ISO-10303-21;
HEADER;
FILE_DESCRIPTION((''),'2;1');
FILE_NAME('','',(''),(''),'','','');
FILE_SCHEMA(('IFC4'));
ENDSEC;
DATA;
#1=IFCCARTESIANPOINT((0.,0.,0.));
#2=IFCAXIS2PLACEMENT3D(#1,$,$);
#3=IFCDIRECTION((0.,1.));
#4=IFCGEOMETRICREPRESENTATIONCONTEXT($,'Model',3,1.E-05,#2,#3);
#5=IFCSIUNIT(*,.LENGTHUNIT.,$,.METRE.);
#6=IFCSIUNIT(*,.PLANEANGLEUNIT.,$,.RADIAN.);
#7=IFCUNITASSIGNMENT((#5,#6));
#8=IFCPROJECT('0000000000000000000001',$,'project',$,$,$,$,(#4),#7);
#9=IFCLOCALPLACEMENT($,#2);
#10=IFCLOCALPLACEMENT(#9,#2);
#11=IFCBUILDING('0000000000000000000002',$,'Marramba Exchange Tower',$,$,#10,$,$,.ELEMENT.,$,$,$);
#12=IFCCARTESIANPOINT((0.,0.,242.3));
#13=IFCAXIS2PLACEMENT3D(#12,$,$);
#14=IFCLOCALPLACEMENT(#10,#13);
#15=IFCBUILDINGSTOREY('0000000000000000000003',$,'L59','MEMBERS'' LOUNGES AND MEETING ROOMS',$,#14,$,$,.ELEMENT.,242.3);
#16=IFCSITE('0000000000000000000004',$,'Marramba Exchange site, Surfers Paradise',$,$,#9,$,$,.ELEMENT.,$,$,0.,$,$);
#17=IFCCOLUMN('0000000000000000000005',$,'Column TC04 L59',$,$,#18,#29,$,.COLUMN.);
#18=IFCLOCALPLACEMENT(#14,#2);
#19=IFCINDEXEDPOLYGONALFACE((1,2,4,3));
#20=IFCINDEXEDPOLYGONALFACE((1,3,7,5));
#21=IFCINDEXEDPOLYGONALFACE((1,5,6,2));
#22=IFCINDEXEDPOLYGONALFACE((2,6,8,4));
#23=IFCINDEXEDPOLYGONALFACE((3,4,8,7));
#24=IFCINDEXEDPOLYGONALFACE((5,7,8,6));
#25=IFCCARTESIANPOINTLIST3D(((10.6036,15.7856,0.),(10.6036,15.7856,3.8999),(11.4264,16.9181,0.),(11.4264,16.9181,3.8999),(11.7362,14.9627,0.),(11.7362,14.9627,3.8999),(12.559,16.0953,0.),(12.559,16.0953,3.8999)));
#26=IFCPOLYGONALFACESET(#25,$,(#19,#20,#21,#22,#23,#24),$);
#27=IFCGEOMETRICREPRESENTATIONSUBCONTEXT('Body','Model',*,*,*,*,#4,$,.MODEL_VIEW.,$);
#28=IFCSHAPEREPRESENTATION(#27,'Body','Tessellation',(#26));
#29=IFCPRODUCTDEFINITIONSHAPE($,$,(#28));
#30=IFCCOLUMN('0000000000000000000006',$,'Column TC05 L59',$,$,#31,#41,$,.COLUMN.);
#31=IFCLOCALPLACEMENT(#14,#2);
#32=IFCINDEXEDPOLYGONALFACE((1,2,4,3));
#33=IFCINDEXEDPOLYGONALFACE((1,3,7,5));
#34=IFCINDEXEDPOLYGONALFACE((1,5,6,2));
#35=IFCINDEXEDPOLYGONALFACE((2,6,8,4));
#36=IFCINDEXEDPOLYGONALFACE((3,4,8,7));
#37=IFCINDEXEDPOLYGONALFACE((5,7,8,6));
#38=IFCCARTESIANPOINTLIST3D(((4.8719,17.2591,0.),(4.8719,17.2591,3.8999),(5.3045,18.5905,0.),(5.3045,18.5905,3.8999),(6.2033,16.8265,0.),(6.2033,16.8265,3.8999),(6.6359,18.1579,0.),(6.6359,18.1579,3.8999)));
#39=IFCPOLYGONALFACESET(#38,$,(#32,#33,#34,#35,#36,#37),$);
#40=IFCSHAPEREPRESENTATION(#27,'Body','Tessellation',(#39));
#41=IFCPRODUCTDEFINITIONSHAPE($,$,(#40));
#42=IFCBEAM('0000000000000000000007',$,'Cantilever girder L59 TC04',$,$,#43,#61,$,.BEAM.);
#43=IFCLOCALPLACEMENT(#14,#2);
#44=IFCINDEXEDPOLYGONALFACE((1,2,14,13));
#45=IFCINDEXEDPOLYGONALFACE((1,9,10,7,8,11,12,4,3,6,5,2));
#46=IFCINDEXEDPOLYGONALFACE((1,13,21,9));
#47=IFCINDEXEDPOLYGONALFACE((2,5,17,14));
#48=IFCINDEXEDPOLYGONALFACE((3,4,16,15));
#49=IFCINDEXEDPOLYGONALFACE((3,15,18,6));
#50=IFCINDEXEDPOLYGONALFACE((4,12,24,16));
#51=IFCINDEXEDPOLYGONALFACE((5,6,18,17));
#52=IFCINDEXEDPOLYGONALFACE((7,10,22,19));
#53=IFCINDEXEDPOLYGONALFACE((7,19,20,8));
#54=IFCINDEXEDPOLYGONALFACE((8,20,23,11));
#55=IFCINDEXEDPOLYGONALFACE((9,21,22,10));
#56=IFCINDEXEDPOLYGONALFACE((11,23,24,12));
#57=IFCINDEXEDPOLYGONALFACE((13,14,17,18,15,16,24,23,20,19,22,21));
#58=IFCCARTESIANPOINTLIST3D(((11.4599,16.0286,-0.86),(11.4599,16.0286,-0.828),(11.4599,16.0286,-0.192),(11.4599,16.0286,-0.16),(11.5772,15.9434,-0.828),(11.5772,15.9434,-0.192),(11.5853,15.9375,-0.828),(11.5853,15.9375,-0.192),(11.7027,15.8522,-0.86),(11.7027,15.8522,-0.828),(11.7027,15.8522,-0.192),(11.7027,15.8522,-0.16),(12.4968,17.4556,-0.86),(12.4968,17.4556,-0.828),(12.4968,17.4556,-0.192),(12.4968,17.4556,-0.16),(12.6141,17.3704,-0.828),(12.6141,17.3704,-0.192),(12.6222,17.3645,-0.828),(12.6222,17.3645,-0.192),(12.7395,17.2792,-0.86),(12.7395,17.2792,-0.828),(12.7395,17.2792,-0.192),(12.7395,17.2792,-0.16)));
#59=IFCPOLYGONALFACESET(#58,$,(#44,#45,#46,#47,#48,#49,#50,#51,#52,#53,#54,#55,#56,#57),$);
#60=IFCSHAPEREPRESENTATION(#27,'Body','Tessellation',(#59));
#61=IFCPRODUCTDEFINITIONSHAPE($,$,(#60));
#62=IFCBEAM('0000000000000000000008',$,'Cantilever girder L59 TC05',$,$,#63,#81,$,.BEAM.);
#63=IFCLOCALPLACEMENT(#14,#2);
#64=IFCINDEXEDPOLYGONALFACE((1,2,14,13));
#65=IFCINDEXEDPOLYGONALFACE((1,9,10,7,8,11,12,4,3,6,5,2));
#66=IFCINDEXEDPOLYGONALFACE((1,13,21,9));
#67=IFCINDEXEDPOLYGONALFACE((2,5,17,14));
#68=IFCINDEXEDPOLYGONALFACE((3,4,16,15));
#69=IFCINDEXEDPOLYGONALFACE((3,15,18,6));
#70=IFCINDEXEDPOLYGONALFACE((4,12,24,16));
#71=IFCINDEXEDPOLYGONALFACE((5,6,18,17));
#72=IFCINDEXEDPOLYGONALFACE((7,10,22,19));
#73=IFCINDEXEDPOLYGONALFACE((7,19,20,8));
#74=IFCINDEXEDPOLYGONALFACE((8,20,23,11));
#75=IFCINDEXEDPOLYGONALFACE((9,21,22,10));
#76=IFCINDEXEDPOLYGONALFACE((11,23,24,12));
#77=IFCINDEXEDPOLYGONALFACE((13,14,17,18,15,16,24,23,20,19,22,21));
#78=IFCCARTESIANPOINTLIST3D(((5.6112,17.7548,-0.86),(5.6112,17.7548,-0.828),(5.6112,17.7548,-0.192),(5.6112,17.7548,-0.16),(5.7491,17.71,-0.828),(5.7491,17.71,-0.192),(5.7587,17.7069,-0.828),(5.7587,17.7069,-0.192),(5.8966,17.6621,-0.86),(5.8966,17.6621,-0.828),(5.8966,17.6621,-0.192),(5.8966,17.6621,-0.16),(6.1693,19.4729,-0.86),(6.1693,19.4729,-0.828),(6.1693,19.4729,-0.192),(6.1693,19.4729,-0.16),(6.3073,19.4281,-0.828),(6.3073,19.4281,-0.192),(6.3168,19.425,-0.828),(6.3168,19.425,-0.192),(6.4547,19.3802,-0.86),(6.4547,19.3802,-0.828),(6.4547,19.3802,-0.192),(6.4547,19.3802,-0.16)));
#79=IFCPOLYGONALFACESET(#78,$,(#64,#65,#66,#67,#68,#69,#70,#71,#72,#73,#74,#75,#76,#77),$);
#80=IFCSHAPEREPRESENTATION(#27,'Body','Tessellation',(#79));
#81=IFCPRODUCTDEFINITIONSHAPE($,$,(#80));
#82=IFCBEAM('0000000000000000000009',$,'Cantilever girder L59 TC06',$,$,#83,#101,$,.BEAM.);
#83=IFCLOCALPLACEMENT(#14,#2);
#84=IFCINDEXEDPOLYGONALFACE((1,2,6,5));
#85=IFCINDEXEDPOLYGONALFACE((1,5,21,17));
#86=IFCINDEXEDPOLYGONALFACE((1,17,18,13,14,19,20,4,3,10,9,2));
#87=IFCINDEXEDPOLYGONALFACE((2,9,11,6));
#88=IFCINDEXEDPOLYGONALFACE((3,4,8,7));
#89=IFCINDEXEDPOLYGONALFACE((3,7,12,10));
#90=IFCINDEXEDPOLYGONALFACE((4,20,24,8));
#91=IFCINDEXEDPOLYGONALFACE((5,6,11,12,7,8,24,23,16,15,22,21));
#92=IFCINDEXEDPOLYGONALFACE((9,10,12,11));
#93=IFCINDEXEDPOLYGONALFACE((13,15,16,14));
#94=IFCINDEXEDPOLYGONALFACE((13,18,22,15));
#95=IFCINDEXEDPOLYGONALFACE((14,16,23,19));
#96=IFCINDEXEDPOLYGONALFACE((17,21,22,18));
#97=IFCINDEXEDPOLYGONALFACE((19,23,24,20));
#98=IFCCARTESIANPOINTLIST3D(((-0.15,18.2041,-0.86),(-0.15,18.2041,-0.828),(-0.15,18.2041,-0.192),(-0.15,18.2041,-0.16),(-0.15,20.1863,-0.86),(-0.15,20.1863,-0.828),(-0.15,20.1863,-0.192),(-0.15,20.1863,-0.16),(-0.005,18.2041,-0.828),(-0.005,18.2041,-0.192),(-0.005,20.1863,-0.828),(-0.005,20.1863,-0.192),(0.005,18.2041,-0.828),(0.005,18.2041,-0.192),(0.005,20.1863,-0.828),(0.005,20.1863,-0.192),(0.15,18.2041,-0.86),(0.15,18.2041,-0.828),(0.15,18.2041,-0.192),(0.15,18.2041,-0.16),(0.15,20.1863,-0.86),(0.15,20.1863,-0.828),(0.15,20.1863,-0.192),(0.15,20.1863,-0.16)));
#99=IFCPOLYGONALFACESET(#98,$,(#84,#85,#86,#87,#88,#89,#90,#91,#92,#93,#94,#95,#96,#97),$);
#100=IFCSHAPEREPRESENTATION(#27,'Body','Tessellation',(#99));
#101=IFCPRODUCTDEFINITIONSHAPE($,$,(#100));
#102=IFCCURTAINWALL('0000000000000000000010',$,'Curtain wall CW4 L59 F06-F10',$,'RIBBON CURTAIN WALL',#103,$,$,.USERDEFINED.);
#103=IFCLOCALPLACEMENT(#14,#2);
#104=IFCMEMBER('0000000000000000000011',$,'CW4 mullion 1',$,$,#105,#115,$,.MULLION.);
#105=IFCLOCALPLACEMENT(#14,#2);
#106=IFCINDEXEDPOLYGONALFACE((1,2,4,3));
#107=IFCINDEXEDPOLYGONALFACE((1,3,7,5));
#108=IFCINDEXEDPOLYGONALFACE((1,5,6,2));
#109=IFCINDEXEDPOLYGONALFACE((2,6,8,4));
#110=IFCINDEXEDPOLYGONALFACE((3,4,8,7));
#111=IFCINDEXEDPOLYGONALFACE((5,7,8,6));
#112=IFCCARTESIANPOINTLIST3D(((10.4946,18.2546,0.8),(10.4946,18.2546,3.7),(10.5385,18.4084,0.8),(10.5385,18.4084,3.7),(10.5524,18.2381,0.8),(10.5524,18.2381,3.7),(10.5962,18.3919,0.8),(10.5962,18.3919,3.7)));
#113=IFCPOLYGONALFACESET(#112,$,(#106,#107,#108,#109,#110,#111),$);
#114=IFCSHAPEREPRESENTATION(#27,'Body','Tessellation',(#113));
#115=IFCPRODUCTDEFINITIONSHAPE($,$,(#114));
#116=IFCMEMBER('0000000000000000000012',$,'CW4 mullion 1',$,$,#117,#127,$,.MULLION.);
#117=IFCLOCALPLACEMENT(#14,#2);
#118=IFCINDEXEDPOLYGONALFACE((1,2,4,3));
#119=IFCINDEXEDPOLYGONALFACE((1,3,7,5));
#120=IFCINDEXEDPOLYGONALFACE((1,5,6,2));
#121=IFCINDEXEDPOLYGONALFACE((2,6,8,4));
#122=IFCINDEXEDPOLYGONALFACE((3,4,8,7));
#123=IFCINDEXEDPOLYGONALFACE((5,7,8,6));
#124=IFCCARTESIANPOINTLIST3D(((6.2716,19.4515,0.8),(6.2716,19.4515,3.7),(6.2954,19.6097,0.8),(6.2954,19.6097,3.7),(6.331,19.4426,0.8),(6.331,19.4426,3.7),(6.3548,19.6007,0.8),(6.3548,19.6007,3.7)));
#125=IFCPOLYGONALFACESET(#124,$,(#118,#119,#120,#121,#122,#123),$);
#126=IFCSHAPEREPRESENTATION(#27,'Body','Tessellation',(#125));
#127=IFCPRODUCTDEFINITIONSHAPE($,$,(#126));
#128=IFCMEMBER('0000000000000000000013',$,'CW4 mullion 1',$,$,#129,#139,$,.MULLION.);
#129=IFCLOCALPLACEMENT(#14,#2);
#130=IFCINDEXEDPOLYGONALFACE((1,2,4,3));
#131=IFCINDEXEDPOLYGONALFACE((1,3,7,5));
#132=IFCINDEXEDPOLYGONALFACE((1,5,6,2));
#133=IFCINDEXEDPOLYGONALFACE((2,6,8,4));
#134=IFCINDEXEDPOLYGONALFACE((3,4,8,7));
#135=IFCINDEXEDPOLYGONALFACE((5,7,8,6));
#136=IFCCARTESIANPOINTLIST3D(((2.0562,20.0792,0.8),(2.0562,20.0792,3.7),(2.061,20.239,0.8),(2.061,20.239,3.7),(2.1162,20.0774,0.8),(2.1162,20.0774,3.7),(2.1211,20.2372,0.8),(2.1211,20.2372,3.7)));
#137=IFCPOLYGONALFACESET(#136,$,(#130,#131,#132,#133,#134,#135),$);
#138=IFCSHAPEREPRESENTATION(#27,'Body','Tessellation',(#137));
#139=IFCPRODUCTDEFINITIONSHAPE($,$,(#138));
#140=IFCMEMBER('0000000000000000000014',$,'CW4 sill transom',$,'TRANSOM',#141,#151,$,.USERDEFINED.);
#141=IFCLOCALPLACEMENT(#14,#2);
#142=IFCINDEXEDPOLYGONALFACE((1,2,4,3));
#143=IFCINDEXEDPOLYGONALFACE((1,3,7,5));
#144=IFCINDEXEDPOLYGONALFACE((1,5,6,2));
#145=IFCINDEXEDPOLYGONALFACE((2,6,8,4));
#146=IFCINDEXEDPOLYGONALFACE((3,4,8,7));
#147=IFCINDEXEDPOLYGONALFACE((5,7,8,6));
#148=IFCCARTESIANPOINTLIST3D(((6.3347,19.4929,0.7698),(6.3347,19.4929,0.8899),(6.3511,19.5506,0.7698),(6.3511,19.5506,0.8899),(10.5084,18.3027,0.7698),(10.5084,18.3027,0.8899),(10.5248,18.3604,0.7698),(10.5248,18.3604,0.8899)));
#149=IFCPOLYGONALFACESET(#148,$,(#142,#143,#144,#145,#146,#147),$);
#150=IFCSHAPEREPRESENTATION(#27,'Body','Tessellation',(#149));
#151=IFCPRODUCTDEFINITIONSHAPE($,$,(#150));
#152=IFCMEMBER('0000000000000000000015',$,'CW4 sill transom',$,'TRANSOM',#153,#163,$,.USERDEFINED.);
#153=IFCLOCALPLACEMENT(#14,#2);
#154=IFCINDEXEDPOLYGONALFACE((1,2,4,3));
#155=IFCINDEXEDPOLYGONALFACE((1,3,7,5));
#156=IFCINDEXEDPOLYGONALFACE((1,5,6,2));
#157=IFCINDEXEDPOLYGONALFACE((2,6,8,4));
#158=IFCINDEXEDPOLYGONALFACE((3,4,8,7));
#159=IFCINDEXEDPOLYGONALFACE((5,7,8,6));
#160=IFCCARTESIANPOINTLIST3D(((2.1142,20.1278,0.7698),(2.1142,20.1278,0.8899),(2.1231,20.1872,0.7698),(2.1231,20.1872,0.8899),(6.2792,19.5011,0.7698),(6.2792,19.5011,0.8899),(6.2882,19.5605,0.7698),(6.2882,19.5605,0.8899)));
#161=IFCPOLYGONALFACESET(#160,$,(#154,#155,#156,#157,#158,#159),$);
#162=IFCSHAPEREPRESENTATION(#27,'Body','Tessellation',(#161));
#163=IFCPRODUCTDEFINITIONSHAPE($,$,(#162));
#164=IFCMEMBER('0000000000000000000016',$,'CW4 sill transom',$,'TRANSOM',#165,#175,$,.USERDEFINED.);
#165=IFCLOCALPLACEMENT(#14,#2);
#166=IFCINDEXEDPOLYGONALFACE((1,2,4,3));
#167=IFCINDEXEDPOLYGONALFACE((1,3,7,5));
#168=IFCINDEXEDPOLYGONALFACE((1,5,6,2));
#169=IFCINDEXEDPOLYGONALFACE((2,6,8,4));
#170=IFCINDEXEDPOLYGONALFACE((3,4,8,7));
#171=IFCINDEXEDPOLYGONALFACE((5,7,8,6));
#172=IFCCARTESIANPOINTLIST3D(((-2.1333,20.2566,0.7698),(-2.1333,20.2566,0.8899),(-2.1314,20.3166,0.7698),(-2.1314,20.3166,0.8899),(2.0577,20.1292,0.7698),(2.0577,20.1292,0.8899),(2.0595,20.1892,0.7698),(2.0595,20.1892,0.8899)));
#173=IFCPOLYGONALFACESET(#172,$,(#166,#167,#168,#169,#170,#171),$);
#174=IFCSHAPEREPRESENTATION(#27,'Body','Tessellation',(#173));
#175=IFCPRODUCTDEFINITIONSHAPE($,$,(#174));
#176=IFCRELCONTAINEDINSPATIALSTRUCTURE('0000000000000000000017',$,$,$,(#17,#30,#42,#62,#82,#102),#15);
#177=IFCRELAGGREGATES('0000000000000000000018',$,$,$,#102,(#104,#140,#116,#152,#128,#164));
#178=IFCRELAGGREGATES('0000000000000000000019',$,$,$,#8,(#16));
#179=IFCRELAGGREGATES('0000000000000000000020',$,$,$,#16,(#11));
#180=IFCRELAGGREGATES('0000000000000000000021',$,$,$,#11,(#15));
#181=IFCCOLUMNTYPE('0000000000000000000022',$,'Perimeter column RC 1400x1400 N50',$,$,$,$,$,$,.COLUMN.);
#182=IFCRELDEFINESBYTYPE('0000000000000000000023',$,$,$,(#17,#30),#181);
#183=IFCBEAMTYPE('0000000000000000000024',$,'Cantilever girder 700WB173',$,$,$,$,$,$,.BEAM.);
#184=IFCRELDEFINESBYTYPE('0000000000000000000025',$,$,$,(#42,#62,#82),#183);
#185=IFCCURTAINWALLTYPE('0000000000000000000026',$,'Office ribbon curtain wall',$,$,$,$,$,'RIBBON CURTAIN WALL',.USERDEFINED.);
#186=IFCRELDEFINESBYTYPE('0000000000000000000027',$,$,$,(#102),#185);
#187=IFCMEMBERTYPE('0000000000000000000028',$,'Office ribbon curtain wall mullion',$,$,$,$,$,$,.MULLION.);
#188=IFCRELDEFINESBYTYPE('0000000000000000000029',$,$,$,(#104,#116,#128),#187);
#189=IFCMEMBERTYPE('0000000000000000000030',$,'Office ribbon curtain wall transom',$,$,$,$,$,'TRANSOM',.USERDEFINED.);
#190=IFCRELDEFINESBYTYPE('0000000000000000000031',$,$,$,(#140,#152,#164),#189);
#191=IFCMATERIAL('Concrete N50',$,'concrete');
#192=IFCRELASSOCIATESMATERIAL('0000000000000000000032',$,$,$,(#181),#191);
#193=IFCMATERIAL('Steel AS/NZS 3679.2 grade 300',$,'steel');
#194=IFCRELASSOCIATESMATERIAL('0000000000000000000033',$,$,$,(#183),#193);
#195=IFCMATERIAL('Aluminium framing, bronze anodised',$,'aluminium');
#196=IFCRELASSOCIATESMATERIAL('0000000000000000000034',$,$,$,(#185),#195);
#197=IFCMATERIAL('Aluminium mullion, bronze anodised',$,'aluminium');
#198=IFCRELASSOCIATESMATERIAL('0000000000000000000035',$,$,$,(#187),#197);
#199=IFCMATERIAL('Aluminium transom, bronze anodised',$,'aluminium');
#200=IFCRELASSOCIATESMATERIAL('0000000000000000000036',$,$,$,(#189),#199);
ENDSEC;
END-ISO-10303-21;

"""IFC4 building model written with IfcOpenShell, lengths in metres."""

from ifc_helpers import new_model, si_unit, direction, frame, origin, origin_2d, place, context, subcontext, project, spatial, rectangle, i_section, extrude, material, material_profile, profile_set, type_object, element, aggregate, save


model = new_model("IFC4")

# Units and contexts
model_context = context("Model", 3, precision=1e-05, world=origin(), true_north=direction((0.0, 1.0)))
body_context = subcontext(model_context, "Body", "Model", "MODEL_VIEW")
ifc_project = project(units=[si_unit("LENGTHUNIT", "METRE"), si_unit("PLANEANGLEUNIT", "RADIAN")], contexts=[model_context])

# Site, building, storey
site_placement = place(None, origin())
site = spatial("IfcSite", under=ifc_project, at=site_placement, Name="Marramba Exchange site, Surfers Paradise", CompositionType="ELEMENT", RefElevation=0.0)
building_placement = place(site_placement, origin())
building = spatial("IfcBuilding", under=site, at=building_placement, Name="Marramba Exchange Tower", CompositionType="ELEMENT")
storey_placement = place(building_placement, frame((0.0, 0.0, 242.3)))
storey = spatial("IfcBuildingStorey", under=building, at=storey_placement, Name="L59", Description="MEMBERS' LOUNGES AND MEETING ROOMS", CompositionType="ELEMENT", Elevation=242.3)

# Columns
ifc_material_1 = material(Name="Concrete N50", Category="concrete")
ifc_material_profile_1 = material_profile(ifc_material_1, rectangle(XDim=1.3999, YDim=1.3999, at=origin_2d()), Name="RC 1400x1400")
ifc_profile_set_1 = profile_set([ifc_material_profile_1], Name="Concrete N50")
column_type = type_object("IfcColumnType", Name="Perimeter column RC 1400x1400 N50", PredefinedType="COLUMN", material=ifc_profile_set_1)
for number, where, z_axis, x_axis, name in (
    (1, (11.5813, 15.9404, 0.0), (0.0, 0.0, 1.0), (0.587785, 0.809017, 0.0), "Column TC04 L59"),
    (2, (5.7539, 17.7085, 0.0), (0.0, 0.0, 1.0), (0.309017, 0.951057, 0.0), "Column TC05 L59"),
):
    element("IfcColumn", number, at=place(storey_placement, frame(where, z_axis=z_axis, x_axis=x_axis)), inside=storey, type_object=column_type, Name=name, PredefinedType="COLUMN", context=body_context, shape_type="SweptSolid", body=[
        extrude(rectangle(XDim=1.3999, YDim=1.3999, at=origin_2d()), origin(), (0.0, 0.0, 1.0), 3.8999),
    ])

# Beams
ifc_material_2 = material(Name="Steel AS/NZS 3679.2 grade 300", Category="steel")
ifc_material_profile_2 = material_profile(ifc_material_2, i_section(OverallWidth=0.3, OverallDepth=0.7, WebThickness=0.01, FlangeThickness=0.032, at=origin_2d()), Name="700WB173")
ifc_profile_set_2 = profile_set([ifc_material_profile_2], Name="Steel AS/NZS 3679.2 grade 300")
beam_type_1 = type_object("IfcBeamType", Name="Cantilever girder 700WB173", PredefinedType="BEAM", material=ifc_profile_set_2)
beam_1_placement = place(storey_placement, frame((11.5813, 15.9404, -0.51), z_axis=(0.587818, 0.808993, 0.0), x_axis=(-0.808993, 0.587818, 0.0)))
element("IfcBeam", 3, at=beam_1_placement, inside=storey, type_object=beam_type_1, Name="Cantilever girder L59 TC04", PredefinedType="BEAM", context=body_context, shape_type="SweptSolid", body=[
    extrude(i_section(OverallWidth=0.3, OverallDepth=0.7, WebThickness=0.01, FlangeThickness=0.032, at=origin_2d()), origin(), (0.0, 0.0, 1.0), 1.7639),
])
beam_2_placement = place(storey_placement, frame((5.7539, 17.7085, -0.51), z_axis=(0.308961, 0.951075, 0.0), x_axis=(-0.951075, 0.308961, 0.0)))
element("IfcBeam", 4, at=beam_2_placement, inside=storey, type_object=beam_type_1, Name="Cantilever girder L59 TC05", PredefinedType="BEAM", context=body_context, shape_type="SweptSolid", body=[
    extrude(i_section(OverallWidth=0.3, OverallDepth=0.7, WebThickness=0.01, FlangeThickness=0.032, at=origin_2d()), origin(), (0.0, 0.0, 1.0), 1.8064),
])
beam_3_placement = place(storey_placement, frame((0.0, 18.2041, -0.51), z_axis=(0.0, 1.0, 0.0), x_axis=(-1.0, 0.0, 0.0)))
element("IfcBeam", 5, at=beam_3_placement, inside=storey, type_object=beam_type_1, Name="Cantilever girder L59 TC06", PredefinedType="BEAM", context=body_context, shape_type="SweptSolid", body=[
    extrude(i_section(OverallWidth=0.3, OverallDepth=0.7, WebThickness=0.01, FlangeThickness=0.032, at=origin_2d()), origin(), (0.0, 0.0, 1.0), 1.9822),
])

# Curtain wall, members
ifc_material_3 = material(Name="Aluminium framing, bronze anodised", Category="aluminium")
curtain_wall_type = type_object("IfcCurtainWallType", Name="Office ribbon curtain wall", ElementType="RIBBON CURTAIN WALL", PredefinedType="USERDEFINED", material=ifc_material_3)
curtain_wall_placement = place(storey_placement, origin())
curtain_wall = element("IfcCurtainWall", 6, at=curtain_wall_placement, inside=storey, type_object=curtain_wall_type, Name="Curtain wall CW4 L59 F06-F10", ObjectType="RIBBON CURTAIN WALL", PredefinedType="USERDEFINED")
ifc_material_4 = material(Name="Aluminium mullion, bronze anodised", Category="aluminium")
ifc_material_profile_3 = material_profile(ifc_material_4, rectangle(XDim=0.1599, YDim=0.0601, at=origin_2d()), Name="CW4 mullion 60x160")
ifc_profile_set_3 = profile_set([ifc_material_profile_3], Name="Aluminium mullion, bronze anodised")
member_type_1 = type_object("IfcMemberType", Name="Office ribbon curtain wall mullion", PredefinedType="MULLION", material=ifc_profile_set_3)
member_1_placement = place(storey_placement, frame((10.5454, 18.3232, 0.8), z_axis=(0.0, 0.0, 1.0), x_axis=(-0.274248, -0.961659, 0.0)))
member_1 = element("IfcMember", 7, at=member_1_placement, type_object=member_type_1, Name="CW4 mullion 1", PredefinedType="MULLION", context=body_context, shape_type="SweptSolid", body=[
    extrude(rectangle(XDim=0.1599, YDim=0.0601, at=origin_2d()), origin(), (0.0, 0.0, 1.0), 2.8999),
])
member_2_placement = place(storey_placement, frame((6.3132, 19.5261, 0.8), z_axis=(0.0, 0.0, 1.0), x_axis=(-0.148795, -0.988868, 0.0)))
member_2 = element("IfcMember", 8, at=member_2_placement, type_object=member_type_1, Name="CW4 mullion 1", PredefinedType="MULLION", context=body_context, shape_type="SweptSolid", body=[
    extrude(rectangle(XDim=0.1599, YDim=0.0601, at=origin_2d()), origin(), (0.0, 0.0, 1.0), 2.8999),
])
member_3_placement = place(storey_placement, frame((2.0886, 20.1582, 0.8), z_axis=(0.0, 0.0, 1.0), x_axis=(-0.030394, -0.999538, 0.0)))
member_3 = element("IfcMember", 9, at=member_3_placement, type_object=member_type_1, Name="CW4 mullion 1", PredefinedType="MULLION", context=body_context, shape_type="SweptSolid", body=[
    extrude(rectangle(XDim=0.1599, YDim=0.0601, at=origin_2d()), origin(), (0.0, 0.0, 1.0), 2.8999),
])
ifc_material_5 = material(Name="Aluminium transom, bronze anodised", Category="aluminium")
ifc_material_profile_4 = material_profile(ifc_material_5, rectangle(XDim=0.0601, YDim=0.1201, at=origin_2d()), Name="CW4 transom 60x120")
ifc_profile_set_4 = profile_set([ifc_material_profile_4], Name="Aluminium transom, bronze anodised")
member_type_2 = type_object("IfcMemberType", Name="Office ribbon curtain wall transom", ElementType="TRANSOM", PredefinedType="USERDEFINED", material=ifc_profile_set_4)
member_4_placement = place(storey_placement, frame((10.5166, 18.3315, 0.8298), z_axis=(-0.961662, 0.274238, 0.0), x_axis=(-0.274238, -0.961662, 0.0)))
member_4 = element("IfcMember", 10, at=member_4_placement, type_object=member_type_2, Name="CW4 sill transom", ObjectType="TRANSOM", PredefinedType="USERDEFINED", context=body_context, shape_type="SweptSolid", body=[
    extrude(rectangle(XDim=0.0601, YDim=0.1201, at=origin_2d()), origin(), (0.0, 0.0, 1.0), 4.3401),
])
member_5_placement = place(storey_placement, frame((6.2837, 19.5308, 0.8298), z_axis=(-0.988868, 0.148794, 0.0), x_axis=(-0.148794, -0.988868, 0.0)))
member_5 = element("IfcMember", 11, at=member_5_placement, type_object=member_type_2, Name="CW4 sill transom", ObjectType="TRANSOM", PredefinedType="USERDEFINED", context=body_context, shape_type="SweptSolid", body=[
    extrude(rectangle(XDim=0.0601, YDim=0.1201, at=origin_2d()), origin(), (0.0, 0.0, 1.0), 4.2119),
])
member_6_placement = place(storey_placement, frame((2.0586, 20.1592, 0.8298), z_axis=(-0.999538, 0.030395, 0.0), x_axis=(-0.030395, -0.999538, 0.0)))
member_6 = element("IfcMember", 12, at=member_6_placement, type_object=member_type_2, Name="CW4 sill transom", ObjectType="TRANSOM", PredefinedType="USERDEFINED", context=body_context, shape_type="SweptSolid", body=[
    extrude(rectangle(XDim=0.0601, YDim=0.1201, at=origin_2d()), origin(), (0.0, 0.0, 1.0), 4.1929),
])

aggregate(curtain_wall, [member_1, member_4, member_2, member_5, member_3, member_6])

save(model, "model.ifc")
